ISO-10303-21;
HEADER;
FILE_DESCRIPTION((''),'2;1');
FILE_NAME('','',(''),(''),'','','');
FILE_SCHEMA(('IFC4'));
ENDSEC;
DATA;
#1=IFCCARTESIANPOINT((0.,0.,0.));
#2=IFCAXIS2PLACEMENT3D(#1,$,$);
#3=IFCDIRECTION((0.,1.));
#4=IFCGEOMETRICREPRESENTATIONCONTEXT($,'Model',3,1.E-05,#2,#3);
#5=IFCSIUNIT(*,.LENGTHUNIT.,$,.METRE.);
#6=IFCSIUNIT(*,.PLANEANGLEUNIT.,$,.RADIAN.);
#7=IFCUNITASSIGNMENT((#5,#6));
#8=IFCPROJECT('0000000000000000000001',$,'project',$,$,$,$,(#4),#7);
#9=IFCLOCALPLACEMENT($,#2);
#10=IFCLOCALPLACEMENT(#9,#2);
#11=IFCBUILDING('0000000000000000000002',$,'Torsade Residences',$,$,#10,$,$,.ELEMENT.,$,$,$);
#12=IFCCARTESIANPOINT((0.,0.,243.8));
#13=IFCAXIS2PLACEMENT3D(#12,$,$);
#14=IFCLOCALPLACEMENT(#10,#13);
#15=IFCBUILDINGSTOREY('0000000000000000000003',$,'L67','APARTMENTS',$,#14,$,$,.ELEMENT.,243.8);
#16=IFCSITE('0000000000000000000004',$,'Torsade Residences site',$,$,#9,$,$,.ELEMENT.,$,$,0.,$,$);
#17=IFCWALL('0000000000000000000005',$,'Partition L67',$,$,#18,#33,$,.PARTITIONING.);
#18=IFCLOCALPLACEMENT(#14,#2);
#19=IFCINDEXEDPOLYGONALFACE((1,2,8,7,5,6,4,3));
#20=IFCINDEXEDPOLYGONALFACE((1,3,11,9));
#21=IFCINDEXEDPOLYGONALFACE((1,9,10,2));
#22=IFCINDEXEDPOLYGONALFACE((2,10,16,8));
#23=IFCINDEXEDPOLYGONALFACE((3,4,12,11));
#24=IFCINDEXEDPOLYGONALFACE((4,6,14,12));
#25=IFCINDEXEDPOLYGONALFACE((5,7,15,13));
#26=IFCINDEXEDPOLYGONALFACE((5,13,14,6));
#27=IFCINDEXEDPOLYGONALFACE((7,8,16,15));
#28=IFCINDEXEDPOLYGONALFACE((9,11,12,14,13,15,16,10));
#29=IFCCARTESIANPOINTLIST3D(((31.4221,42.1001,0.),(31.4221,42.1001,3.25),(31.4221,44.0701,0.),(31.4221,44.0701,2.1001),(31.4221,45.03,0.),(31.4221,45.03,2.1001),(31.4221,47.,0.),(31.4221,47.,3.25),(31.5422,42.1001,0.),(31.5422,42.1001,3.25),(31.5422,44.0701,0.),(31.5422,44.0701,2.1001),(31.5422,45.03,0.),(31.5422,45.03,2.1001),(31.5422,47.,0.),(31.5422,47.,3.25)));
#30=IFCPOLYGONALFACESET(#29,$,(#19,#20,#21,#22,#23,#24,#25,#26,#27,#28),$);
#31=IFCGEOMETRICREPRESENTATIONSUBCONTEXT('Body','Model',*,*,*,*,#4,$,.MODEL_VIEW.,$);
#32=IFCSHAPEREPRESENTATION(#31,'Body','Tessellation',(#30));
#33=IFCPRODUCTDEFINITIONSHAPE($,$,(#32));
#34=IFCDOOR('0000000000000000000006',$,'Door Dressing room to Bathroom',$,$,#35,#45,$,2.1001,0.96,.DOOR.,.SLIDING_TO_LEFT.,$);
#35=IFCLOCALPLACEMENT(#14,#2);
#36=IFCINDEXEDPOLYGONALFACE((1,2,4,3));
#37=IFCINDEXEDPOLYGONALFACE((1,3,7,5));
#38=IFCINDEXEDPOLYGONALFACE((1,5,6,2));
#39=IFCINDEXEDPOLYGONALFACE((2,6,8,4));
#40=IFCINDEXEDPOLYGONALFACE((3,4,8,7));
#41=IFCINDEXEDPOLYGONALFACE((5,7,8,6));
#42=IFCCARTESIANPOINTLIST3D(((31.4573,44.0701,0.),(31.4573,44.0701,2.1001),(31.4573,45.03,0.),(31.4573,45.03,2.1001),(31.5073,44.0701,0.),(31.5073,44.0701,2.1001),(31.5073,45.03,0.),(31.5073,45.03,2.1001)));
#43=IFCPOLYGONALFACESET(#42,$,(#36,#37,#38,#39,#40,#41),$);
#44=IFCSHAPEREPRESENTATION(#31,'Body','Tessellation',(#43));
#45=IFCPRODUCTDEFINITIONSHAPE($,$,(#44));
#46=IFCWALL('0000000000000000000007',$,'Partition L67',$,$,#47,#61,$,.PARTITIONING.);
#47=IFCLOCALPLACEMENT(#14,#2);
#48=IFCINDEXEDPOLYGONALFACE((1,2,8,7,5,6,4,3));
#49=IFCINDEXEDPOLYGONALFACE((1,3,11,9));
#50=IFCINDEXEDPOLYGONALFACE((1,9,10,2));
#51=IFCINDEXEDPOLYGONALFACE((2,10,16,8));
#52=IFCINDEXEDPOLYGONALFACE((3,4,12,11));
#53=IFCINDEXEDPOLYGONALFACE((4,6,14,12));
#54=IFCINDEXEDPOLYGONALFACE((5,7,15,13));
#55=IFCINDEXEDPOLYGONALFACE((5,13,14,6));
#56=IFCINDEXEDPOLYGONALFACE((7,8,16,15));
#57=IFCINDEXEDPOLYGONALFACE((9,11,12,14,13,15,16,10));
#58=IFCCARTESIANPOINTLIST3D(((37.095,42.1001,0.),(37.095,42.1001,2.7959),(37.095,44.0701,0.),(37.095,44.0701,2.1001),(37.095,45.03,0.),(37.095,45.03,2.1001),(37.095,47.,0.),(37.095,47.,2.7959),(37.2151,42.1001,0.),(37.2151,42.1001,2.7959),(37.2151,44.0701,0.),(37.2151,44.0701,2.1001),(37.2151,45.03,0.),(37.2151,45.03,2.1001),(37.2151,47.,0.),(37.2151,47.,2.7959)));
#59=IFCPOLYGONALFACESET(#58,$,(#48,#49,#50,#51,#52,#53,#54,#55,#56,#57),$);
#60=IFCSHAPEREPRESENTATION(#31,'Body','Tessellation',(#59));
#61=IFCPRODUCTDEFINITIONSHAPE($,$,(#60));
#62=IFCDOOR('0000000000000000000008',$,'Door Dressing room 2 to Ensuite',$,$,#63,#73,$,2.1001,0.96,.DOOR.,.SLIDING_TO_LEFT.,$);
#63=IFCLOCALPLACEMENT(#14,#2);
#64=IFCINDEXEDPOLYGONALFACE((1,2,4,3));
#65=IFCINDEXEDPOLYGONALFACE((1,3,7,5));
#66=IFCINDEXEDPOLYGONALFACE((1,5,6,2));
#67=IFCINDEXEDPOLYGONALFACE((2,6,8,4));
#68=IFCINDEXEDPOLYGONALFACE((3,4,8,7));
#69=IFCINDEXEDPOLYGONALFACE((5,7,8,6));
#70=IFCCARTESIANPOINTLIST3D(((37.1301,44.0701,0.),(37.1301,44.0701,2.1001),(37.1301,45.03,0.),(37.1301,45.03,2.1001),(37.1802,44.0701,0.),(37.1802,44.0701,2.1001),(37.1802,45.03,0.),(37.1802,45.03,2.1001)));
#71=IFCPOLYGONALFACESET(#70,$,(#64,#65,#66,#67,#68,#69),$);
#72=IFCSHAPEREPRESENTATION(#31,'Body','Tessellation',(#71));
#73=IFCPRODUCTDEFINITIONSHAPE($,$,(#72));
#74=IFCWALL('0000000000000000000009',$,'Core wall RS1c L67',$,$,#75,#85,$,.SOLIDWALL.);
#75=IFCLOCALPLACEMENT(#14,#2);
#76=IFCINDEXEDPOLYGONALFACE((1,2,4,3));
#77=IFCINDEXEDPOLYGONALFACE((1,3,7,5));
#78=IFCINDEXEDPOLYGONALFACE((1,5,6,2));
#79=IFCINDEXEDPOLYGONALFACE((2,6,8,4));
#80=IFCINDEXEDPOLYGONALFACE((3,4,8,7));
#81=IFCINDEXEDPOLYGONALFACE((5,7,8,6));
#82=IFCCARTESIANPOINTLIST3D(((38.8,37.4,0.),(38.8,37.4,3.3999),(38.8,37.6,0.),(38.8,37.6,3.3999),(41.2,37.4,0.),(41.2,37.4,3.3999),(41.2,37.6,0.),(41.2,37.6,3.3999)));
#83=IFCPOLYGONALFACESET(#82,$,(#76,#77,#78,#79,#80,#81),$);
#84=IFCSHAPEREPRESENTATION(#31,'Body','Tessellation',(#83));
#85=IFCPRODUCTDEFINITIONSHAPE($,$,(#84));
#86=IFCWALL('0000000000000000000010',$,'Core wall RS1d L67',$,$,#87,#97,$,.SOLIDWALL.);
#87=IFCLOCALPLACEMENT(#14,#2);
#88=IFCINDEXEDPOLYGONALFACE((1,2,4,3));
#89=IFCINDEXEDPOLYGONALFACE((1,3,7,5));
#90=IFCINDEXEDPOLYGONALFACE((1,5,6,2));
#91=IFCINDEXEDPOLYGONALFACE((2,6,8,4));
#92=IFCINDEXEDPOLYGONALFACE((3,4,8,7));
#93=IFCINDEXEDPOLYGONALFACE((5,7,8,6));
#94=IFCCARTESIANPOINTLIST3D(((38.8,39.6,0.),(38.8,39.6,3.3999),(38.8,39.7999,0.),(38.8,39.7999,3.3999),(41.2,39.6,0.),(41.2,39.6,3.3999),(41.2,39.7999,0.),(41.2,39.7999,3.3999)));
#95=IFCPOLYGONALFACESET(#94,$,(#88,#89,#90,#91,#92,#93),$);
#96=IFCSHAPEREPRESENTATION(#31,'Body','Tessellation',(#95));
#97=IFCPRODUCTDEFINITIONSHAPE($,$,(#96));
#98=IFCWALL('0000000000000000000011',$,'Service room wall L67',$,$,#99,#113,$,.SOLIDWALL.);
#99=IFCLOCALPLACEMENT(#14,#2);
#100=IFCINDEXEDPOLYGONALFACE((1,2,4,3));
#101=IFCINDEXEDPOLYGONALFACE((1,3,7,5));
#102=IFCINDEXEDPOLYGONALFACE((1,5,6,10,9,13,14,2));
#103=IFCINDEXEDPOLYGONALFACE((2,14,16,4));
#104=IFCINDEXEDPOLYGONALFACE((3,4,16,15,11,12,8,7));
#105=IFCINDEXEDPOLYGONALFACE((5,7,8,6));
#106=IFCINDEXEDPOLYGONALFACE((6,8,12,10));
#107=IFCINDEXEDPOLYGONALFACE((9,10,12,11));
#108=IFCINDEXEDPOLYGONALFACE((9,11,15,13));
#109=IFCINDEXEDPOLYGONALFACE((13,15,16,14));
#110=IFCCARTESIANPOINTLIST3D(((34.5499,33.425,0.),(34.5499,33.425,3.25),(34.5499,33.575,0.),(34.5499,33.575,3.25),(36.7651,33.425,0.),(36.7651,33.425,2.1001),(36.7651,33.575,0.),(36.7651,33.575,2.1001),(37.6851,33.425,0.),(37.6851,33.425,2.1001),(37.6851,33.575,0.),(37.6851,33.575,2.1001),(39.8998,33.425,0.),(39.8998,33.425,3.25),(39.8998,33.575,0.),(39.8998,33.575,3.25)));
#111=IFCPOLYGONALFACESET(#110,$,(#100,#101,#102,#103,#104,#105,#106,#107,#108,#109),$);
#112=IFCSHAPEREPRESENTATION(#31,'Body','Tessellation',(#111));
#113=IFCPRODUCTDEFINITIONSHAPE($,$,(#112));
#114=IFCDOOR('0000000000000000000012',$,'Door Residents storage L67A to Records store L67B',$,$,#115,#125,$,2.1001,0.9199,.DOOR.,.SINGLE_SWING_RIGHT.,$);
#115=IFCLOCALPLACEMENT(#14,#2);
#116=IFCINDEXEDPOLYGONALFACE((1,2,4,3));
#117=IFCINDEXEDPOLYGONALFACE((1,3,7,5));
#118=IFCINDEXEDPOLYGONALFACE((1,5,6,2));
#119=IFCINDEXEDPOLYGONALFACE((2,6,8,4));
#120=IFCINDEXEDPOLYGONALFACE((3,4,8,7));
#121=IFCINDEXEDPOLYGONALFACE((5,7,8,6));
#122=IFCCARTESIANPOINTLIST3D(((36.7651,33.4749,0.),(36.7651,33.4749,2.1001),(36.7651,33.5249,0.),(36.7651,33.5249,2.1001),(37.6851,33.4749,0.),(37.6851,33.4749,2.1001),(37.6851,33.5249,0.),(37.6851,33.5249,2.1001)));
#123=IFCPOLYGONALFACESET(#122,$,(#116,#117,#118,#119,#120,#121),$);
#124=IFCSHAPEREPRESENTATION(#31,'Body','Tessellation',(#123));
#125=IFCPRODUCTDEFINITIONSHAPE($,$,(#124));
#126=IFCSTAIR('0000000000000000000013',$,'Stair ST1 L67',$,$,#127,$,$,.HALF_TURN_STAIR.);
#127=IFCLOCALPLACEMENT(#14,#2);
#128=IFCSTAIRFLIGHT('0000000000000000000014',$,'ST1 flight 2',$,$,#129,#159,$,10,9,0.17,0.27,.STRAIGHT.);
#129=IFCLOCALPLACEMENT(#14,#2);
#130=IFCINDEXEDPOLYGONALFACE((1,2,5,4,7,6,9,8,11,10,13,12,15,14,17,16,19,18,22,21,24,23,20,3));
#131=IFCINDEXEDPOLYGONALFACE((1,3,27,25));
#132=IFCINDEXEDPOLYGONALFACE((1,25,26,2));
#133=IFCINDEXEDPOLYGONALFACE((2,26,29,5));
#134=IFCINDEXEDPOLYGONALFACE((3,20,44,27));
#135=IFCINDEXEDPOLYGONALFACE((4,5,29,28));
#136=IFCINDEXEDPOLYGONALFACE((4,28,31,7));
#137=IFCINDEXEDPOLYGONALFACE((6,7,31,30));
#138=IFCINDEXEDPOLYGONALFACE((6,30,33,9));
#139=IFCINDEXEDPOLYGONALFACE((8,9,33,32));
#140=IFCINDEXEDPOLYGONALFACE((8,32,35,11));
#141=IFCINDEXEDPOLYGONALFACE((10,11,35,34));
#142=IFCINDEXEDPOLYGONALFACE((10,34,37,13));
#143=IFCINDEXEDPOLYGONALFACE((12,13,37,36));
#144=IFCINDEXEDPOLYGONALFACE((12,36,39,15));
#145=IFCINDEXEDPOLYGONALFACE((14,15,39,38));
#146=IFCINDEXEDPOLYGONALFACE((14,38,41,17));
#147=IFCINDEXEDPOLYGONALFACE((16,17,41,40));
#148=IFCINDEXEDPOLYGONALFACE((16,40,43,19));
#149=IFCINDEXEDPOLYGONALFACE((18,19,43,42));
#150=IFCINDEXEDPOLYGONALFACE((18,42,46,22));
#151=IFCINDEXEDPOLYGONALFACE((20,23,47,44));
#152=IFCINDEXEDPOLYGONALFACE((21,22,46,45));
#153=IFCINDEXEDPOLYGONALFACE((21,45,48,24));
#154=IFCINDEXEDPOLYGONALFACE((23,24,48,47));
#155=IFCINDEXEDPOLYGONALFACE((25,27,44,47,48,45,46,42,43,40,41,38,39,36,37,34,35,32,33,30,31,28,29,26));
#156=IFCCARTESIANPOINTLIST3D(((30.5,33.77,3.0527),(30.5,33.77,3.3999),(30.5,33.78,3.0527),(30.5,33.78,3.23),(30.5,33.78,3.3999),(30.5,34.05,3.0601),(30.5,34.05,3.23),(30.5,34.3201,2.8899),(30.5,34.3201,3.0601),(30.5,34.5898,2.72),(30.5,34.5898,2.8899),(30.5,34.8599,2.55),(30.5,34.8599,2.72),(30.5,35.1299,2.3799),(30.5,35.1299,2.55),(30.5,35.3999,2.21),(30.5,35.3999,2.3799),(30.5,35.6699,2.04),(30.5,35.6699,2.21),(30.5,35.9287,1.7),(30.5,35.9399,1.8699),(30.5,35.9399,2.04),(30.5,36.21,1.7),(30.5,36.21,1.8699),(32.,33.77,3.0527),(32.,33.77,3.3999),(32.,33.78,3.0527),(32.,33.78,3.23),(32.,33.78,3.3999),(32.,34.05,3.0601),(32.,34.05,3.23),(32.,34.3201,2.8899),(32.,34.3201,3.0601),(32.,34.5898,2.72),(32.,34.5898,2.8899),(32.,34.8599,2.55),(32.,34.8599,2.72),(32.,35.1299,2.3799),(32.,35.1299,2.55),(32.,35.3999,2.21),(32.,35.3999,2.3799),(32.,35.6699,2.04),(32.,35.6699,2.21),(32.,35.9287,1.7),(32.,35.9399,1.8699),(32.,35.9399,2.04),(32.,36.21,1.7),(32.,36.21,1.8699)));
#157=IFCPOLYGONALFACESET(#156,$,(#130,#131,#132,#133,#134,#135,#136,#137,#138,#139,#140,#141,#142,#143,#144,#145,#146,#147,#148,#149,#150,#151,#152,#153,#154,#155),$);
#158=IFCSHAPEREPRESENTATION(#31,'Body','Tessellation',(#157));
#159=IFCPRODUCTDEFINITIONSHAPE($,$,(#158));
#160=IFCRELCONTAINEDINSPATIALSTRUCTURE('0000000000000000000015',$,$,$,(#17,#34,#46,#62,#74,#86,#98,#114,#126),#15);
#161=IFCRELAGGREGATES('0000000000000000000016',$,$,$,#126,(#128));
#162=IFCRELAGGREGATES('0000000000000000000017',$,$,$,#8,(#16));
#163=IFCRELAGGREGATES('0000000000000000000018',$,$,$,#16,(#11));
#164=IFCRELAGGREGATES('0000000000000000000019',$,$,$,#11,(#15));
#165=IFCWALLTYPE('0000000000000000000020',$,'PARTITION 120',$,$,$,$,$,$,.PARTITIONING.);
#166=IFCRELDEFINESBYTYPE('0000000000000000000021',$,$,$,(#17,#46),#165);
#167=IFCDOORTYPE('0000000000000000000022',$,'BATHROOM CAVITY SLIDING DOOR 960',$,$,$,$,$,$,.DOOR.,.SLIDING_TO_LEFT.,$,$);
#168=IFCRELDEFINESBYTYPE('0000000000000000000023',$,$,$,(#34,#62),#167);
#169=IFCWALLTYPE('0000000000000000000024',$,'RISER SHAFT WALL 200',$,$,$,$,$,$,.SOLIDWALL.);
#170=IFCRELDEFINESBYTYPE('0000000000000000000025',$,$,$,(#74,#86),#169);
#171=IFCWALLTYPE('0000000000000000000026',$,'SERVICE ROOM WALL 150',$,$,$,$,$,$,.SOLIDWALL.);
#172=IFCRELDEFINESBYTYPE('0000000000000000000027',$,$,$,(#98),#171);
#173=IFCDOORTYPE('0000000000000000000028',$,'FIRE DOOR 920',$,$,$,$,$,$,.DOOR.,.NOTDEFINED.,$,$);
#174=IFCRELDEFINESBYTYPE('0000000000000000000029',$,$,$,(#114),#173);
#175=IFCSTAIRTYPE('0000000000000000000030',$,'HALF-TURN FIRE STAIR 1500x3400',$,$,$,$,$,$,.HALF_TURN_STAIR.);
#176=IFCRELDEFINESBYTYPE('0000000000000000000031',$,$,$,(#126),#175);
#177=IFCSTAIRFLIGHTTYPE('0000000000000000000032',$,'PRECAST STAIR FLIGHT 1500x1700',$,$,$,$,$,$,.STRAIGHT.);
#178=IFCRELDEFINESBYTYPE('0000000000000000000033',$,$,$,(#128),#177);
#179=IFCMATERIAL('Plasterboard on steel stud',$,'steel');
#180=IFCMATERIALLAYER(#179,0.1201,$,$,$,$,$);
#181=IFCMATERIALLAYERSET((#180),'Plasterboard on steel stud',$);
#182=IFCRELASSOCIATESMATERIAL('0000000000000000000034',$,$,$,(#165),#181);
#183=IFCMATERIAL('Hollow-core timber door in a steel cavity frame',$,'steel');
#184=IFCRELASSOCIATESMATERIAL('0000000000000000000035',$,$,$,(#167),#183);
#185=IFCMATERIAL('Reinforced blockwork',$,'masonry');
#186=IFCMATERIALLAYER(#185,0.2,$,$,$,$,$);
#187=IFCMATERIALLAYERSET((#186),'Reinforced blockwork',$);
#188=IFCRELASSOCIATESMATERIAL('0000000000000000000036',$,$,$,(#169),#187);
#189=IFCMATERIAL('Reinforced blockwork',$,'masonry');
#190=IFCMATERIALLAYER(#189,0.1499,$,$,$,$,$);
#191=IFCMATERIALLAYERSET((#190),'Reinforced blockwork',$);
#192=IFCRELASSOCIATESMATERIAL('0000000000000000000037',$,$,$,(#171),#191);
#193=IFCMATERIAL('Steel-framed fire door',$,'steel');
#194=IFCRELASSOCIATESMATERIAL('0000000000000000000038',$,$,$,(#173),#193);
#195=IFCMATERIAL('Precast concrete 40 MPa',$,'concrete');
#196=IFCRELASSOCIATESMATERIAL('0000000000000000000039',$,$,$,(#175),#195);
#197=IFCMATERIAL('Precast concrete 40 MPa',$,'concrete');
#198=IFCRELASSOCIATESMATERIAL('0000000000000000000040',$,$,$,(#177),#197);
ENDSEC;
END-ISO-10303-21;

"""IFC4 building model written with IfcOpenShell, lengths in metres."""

from ifc_helpers import new_model, si_unit, direction, frame, frame_2d, origin, place, context, subcontext, project, spatial, polyline, rectangle, outline, extrude, material, layer, layer_set, type_object, element, fill, aggregate, save


model = new_model("IFC4")

# Units and contexts
model_context = context("Model", 3, precision=1e-05, world=origin(), true_north=direction((0.0, 1.0)))
body_context = subcontext(model_context, "Body", "Model", "MODEL_VIEW")
ifc_project = project(units=[si_unit("LENGTHUNIT", "METRE"), si_unit("PLANEANGLEUNIT", "RADIAN")], contexts=[model_context])

# Site, building, storey
site_placement = place(None, origin())
site = spatial("IfcSite", under=ifc_project, at=site_placement, Name="Torsade Residences site", CompositionType="ELEMENT", RefElevation=0.0)
building_placement = place(site_placement, origin())
building = spatial("IfcBuilding", under=site, at=building_placement, Name="Torsade Residences", CompositionType="ELEMENT")
storey_placement = place(building_placement, frame((0.0, 0.0, 243.8)))
storey = spatial("IfcBuildingStorey", under=building, at=storey_placement, Name="L67", Description="APARTMENTS", CompositionType="ELEMENT", Elevation=243.8)

# Walls, openings, doors
ifc_material_1 = material(Name="Plasterboard on steel stud", Category="steel")
ifc_layer_1 = layer(ifc_material_1, 0.1201)
ifc_layer_set_1 = layer_set([ifc_layer_1], Name="Plasterboard on steel stud")
wall_type_1 = type_object("IfcWallType", Name="PARTITION 120", PredefinedType="PARTITIONING", material=ifc_layer_set_1)
wall_1_placement = place(storey_placement, frame((31.4822, 42.1001, 0.0), z_axis=(0.0, 0.0, 1.0), x_axis=(0.0, 1.0, 0.0)))
wall_1 = element("IfcWall", 1, at=wall_1_placement, inside=storey, type_object=wall_type_1, Name="Partition L67", PredefinedType="PARTITIONING", context=body_context, shape_type="SweptSolid", body=[
    extrude(rectangle(XDim=4.8999, YDim=0.1201, at=frame_2d((2.45, 0.0))), origin(), (0.0, 0.0, 1.0), 3.25),
])
opening_1_placement = place(wall_1_placement, frame((1.97, 0.0, 0.0)))
opening_1 = element("IfcOpeningElement", 2, at=opening_1_placement, cuts=wall_1, PredefinedType="OPENING", context=body_context, shape_type="SweptSolid", body=[
    extrude(rectangle(XDim=0.96, YDim=2.1001, at=frame_2d((0.48, 1.05))), frame((0.0, 0.0701, 0.0), z_axis=(0.0, -1.0, 0.0), x_axis=(1.0, 0.0, 0.0)), (0.0, 0.0, 1.0), 0.1401),
])
ifc_material_2 = material(Name="Hollow-core timber door in a steel cavity frame", Category="steel")
door_type_1 = type_object("IfcDoorType", Name="BATHROOM CAVITY SLIDING DOOR 960", OperationType="SLIDING_TO_LEFT", PredefinedType="DOOR", material=ifc_material_2)
door_1_placement = place(opening_1_placement, origin())
door_1 = element("IfcDoor", 3, at=door_1_placement, inside=storey, type_object=door_type_1, Name="Door Dressing room to Bathroom", OperationType="SLIDING_TO_LEFT", OverallHeight=2.1001, OverallWidth=0.96, PredefinedType="DOOR", context=body_context, shape_type="SweptSolid", body=[
    extrude(rectangle(XDim=0.96, YDim=2.1001, at=frame_2d((0.48, 1.05))), frame((0.0, 0.0249, 0.0), z_axis=(0.0, -1.0, 0.0), x_axis=(1.0, 0.0, 0.0)), (0.0, 0.0, 1.0), 0.05),
])
fill(opening_1, door_1)
wall_2_placement = place(storey_placement, frame((37.155, 42.1001, 0.0), z_axis=(0.0, 0.0, 1.0), x_axis=(0.0, 1.0, 0.0)))
wall_2 = element("IfcWall", 4, at=wall_2_placement, inside=storey, type_object=wall_type_1, Name="Partition L67", PredefinedType="PARTITIONING", context=body_context, shape_type="SweptSolid", body=[
    extrude(rectangle(XDim=4.8999, YDim=0.1201, at=frame_2d((2.45, 0.0))), origin(), (0.0, 0.0, 1.0), 2.7959),
])
opening_2_placement = place(wall_2_placement, frame((1.97, 0.0, 0.0)))
opening_2 = element("IfcOpeningElement", 5, at=opening_2_placement, cuts=wall_2, PredefinedType="OPENING", context=body_context, shape_type="SweptSolid", body=[
    extrude(rectangle(XDim=0.96, YDim=2.1001, at=frame_2d((0.48, 1.05))), frame((0.0, 0.0701, 0.0), z_axis=(0.0, -1.0, 0.0), x_axis=(1.0, 0.0, 0.0)), (0.0, 0.0, 1.0), 0.1401),
])
door_2_placement = place(opening_2_placement, origin())
door_2 = element("IfcDoor", 6, at=door_2_placement, inside=storey, type_object=door_type_1, Name="Door Dressing room 2 to Ensuite", OperationType="SLIDING_TO_LEFT", OverallHeight=2.1001, OverallWidth=0.96, PredefinedType="DOOR", context=body_context, shape_type="SweptSolid", body=[
    extrude(rectangle(XDim=0.96, YDim=2.1001, at=frame_2d((0.48, 1.05))), frame((0.0, 0.0249, 0.0), z_axis=(0.0, -1.0, 0.0), x_axis=(1.0, 0.0, 0.0)), (0.0, 0.0, 1.0), 0.05),
])
fill(opening_2, door_2)

# Walls
ifc_material_3 = material(Name="Reinforced blockwork", Category="masonry")
ifc_layer_2 = layer(ifc_material_3, 0.2)
ifc_layer_set_2 = layer_set([ifc_layer_2], Name="Reinforced blockwork")
wall_type_2 = type_object("IfcWallType", Name="RISER SHAFT WALL 200", PredefinedType="SOLIDWALL", material=ifc_layer_set_2)
for number, where, z_axis, x_axis, name in (
    (7, (38.8, 37.5, 0.0), (0.0, 0.0, 1.0), (1.0, 0.0, 0.0), "Core wall RS1c L67"),
    (8, (38.8, 39.7, 0.0), (0.0, 0.0, 1.0), (1.0, 0.0, 0.0), "Core wall RS1d L67"),
):
    element("IfcWall", number, at=place(storey_placement, frame(where, z_axis=z_axis, x_axis=x_axis)), inside=storey, type_object=wall_type_2, Name=name, PredefinedType="SOLIDWALL", context=body_context, shape_type="SweptSolid", body=[
        extrude(rectangle(XDim=2.3999, YDim=0.2, at=frame_2d((1.2, 0.0))), origin(), (0.0, 0.0, 1.0), 3.3999),
    ])

# Wall, opening, door
ifc_material_4 = material(Name="Reinforced blockwork", Category="masonry")
ifc_layer_3 = layer(ifc_material_4, 0.1499)
ifc_layer_set_3 = layer_set([ifc_layer_3], Name="Reinforced blockwork")
wall_type_3 = type_object("IfcWallType", Name="SERVICE ROOM WALL 150", PredefinedType="SOLIDWALL", material=ifc_layer_set_3)
wall_3_placement = place(storey_placement, frame((34.55, 33.5, 0.0), z_axis=(0.0, 0.0, 1.0), x_axis=(1.0, 0.0, 0.0)))
wall_3 = element("IfcWall", 9, at=wall_3_placement, inside=storey, type_object=wall_type_3, Name="Service room wall L67", PredefinedType="SOLIDWALL", context=body_context, shape_type="SweptSolid", body=[
    extrude(rectangle(XDim=5.3499, YDim=0.1499, at=frame_2d((2.6748, 0.0))), origin(), (0.0, 0.0, 1.0), 3.25),
])
opening_3_placement = place(wall_3_placement, frame((2.2151, 0.0, 0.0)))
opening_3 = element("IfcOpeningElement", 10, at=opening_3_placement, cuts=wall_3, PredefinedType="OPENING", context=body_context, shape_type="SweptSolid", body=[
    extrude(rectangle(XDim=0.9199, YDim=2.1001, at=frame_2d((0.46, 1.05))), frame((0.0, 0.085, 0.0), z_axis=(0.0, -1.0, 0.0), x_axis=(1.0, 0.0, 0.0)), (0.0, 0.0, 1.0), 0.1699),
])
ifc_material_5 = material(Name="Steel-framed fire door", Category="steel")
door_type_2 = type_object("IfcDoorType", Name="FIRE DOOR 920", OperationType="NOTDEFINED", PredefinedType="DOOR", material=ifc_material_5)
door_3_placement = place(opening_3_placement, origin())
door_3 = element("IfcDoor", 11, at=door_3_placement, inside=storey, type_object=door_type_2, Name="Door Residents storage L67A to Records store L67B", OperationType="SINGLE_SWING_RIGHT", OverallHeight=2.1001, OverallWidth=0.9199, PredefinedType="DOOR", context=body_context, shape_type="SweptSolid", body=[
    extrude(rectangle(XDim=0.9199, YDim=2.1001, at=frame_2d((0.46, 1.05))), frame((0.0, 0.0249, 0.0), z_axis=(0.0, -1.0, 0.0), x_axis=(1.0, 0.0, 0.0)), (0.0, 0.0, 1.0), 0.05),
])
fill(opening_3, door_3)

# Stair, stair flight
ifc_material_6 = material(Name="Precast concrete 40 MPa", Category="concrete")
stair_type = type_object("IfcStairType", Name="HALF-TURN FIRE STAIR 1500x3400", PredefinedType="HALF_TURN_STAIR", material=ifc_material_6)
stair_placement = place(storey_placement, origin())
stair = element("IfcStair", 12, at=stair_placement, inside=storey, type_object=stair_type, Name="Stair ST1 L67", PredefinedType="HALF_TURN_STAIR")
ifc_material_7 = material(Name="Precast concrete 40 MPa", Category="concrete")
stair_flight_type = type_object("IfcStairFlightType", Name="PRECAST STAIR FLIGHT 1500x1700", PredefinedType="STRAIGHT", material=ifc_material_7)
stair_flight_placement = place(storey_placement, frame((31.25, 36.21, 1.7), z_axis=(0.0, 0.0, 1.0), x_axis=(0.0, -1.0, 0.0)))
stair_flight = element("IfcStairFlight", 13, at=stair_flight_placement, type_object=stair_flight_type, Name="ST1 flight 2", NumberOfRisers=10, NumberOfTreads=9, PredefinedType="STRAIGHT", RiserHeight=0.17, TreadLength=0.27, context=body_context, shape_type="SweptSolid", body=[
    extrude(outline(polyline([(0.0, 0.0), (0.0, 0.1699), (0.27, 0.1699), (0.27, 0.3401), (0.54, 0.3401), (0.54, 0.51), (0.8101, 0.51), (0.8101, 0.6799), (1.0801, 0.6799), (1.0801, 0.8501), (1.3501, 0.8501), (1.3501, 1.02), (1.6201, 1.02), (1.6201, 1.1899), (1.8899, 1.1899), (1.8899, 1.3601), (2.1599, 1.3601), (2.1599, 1.53), (2.4299, 1.53), (2.4299, 1.7), (2.4399, 1.7), (2.4399, 1.3528), (2.4299, 1.3528), (0.2812, 0.0), (0.0, 0.0)])), frame((0.0, 0.75, 0.0), z_axis=(0.0, -1.0, 0.0), x_axis=(1.0, 0.0, 0.0)), (0.0, 0.0, 1.0), 1.5),
])
aggregate(stair, [stair_flight])

save(model, "model.ifc")
